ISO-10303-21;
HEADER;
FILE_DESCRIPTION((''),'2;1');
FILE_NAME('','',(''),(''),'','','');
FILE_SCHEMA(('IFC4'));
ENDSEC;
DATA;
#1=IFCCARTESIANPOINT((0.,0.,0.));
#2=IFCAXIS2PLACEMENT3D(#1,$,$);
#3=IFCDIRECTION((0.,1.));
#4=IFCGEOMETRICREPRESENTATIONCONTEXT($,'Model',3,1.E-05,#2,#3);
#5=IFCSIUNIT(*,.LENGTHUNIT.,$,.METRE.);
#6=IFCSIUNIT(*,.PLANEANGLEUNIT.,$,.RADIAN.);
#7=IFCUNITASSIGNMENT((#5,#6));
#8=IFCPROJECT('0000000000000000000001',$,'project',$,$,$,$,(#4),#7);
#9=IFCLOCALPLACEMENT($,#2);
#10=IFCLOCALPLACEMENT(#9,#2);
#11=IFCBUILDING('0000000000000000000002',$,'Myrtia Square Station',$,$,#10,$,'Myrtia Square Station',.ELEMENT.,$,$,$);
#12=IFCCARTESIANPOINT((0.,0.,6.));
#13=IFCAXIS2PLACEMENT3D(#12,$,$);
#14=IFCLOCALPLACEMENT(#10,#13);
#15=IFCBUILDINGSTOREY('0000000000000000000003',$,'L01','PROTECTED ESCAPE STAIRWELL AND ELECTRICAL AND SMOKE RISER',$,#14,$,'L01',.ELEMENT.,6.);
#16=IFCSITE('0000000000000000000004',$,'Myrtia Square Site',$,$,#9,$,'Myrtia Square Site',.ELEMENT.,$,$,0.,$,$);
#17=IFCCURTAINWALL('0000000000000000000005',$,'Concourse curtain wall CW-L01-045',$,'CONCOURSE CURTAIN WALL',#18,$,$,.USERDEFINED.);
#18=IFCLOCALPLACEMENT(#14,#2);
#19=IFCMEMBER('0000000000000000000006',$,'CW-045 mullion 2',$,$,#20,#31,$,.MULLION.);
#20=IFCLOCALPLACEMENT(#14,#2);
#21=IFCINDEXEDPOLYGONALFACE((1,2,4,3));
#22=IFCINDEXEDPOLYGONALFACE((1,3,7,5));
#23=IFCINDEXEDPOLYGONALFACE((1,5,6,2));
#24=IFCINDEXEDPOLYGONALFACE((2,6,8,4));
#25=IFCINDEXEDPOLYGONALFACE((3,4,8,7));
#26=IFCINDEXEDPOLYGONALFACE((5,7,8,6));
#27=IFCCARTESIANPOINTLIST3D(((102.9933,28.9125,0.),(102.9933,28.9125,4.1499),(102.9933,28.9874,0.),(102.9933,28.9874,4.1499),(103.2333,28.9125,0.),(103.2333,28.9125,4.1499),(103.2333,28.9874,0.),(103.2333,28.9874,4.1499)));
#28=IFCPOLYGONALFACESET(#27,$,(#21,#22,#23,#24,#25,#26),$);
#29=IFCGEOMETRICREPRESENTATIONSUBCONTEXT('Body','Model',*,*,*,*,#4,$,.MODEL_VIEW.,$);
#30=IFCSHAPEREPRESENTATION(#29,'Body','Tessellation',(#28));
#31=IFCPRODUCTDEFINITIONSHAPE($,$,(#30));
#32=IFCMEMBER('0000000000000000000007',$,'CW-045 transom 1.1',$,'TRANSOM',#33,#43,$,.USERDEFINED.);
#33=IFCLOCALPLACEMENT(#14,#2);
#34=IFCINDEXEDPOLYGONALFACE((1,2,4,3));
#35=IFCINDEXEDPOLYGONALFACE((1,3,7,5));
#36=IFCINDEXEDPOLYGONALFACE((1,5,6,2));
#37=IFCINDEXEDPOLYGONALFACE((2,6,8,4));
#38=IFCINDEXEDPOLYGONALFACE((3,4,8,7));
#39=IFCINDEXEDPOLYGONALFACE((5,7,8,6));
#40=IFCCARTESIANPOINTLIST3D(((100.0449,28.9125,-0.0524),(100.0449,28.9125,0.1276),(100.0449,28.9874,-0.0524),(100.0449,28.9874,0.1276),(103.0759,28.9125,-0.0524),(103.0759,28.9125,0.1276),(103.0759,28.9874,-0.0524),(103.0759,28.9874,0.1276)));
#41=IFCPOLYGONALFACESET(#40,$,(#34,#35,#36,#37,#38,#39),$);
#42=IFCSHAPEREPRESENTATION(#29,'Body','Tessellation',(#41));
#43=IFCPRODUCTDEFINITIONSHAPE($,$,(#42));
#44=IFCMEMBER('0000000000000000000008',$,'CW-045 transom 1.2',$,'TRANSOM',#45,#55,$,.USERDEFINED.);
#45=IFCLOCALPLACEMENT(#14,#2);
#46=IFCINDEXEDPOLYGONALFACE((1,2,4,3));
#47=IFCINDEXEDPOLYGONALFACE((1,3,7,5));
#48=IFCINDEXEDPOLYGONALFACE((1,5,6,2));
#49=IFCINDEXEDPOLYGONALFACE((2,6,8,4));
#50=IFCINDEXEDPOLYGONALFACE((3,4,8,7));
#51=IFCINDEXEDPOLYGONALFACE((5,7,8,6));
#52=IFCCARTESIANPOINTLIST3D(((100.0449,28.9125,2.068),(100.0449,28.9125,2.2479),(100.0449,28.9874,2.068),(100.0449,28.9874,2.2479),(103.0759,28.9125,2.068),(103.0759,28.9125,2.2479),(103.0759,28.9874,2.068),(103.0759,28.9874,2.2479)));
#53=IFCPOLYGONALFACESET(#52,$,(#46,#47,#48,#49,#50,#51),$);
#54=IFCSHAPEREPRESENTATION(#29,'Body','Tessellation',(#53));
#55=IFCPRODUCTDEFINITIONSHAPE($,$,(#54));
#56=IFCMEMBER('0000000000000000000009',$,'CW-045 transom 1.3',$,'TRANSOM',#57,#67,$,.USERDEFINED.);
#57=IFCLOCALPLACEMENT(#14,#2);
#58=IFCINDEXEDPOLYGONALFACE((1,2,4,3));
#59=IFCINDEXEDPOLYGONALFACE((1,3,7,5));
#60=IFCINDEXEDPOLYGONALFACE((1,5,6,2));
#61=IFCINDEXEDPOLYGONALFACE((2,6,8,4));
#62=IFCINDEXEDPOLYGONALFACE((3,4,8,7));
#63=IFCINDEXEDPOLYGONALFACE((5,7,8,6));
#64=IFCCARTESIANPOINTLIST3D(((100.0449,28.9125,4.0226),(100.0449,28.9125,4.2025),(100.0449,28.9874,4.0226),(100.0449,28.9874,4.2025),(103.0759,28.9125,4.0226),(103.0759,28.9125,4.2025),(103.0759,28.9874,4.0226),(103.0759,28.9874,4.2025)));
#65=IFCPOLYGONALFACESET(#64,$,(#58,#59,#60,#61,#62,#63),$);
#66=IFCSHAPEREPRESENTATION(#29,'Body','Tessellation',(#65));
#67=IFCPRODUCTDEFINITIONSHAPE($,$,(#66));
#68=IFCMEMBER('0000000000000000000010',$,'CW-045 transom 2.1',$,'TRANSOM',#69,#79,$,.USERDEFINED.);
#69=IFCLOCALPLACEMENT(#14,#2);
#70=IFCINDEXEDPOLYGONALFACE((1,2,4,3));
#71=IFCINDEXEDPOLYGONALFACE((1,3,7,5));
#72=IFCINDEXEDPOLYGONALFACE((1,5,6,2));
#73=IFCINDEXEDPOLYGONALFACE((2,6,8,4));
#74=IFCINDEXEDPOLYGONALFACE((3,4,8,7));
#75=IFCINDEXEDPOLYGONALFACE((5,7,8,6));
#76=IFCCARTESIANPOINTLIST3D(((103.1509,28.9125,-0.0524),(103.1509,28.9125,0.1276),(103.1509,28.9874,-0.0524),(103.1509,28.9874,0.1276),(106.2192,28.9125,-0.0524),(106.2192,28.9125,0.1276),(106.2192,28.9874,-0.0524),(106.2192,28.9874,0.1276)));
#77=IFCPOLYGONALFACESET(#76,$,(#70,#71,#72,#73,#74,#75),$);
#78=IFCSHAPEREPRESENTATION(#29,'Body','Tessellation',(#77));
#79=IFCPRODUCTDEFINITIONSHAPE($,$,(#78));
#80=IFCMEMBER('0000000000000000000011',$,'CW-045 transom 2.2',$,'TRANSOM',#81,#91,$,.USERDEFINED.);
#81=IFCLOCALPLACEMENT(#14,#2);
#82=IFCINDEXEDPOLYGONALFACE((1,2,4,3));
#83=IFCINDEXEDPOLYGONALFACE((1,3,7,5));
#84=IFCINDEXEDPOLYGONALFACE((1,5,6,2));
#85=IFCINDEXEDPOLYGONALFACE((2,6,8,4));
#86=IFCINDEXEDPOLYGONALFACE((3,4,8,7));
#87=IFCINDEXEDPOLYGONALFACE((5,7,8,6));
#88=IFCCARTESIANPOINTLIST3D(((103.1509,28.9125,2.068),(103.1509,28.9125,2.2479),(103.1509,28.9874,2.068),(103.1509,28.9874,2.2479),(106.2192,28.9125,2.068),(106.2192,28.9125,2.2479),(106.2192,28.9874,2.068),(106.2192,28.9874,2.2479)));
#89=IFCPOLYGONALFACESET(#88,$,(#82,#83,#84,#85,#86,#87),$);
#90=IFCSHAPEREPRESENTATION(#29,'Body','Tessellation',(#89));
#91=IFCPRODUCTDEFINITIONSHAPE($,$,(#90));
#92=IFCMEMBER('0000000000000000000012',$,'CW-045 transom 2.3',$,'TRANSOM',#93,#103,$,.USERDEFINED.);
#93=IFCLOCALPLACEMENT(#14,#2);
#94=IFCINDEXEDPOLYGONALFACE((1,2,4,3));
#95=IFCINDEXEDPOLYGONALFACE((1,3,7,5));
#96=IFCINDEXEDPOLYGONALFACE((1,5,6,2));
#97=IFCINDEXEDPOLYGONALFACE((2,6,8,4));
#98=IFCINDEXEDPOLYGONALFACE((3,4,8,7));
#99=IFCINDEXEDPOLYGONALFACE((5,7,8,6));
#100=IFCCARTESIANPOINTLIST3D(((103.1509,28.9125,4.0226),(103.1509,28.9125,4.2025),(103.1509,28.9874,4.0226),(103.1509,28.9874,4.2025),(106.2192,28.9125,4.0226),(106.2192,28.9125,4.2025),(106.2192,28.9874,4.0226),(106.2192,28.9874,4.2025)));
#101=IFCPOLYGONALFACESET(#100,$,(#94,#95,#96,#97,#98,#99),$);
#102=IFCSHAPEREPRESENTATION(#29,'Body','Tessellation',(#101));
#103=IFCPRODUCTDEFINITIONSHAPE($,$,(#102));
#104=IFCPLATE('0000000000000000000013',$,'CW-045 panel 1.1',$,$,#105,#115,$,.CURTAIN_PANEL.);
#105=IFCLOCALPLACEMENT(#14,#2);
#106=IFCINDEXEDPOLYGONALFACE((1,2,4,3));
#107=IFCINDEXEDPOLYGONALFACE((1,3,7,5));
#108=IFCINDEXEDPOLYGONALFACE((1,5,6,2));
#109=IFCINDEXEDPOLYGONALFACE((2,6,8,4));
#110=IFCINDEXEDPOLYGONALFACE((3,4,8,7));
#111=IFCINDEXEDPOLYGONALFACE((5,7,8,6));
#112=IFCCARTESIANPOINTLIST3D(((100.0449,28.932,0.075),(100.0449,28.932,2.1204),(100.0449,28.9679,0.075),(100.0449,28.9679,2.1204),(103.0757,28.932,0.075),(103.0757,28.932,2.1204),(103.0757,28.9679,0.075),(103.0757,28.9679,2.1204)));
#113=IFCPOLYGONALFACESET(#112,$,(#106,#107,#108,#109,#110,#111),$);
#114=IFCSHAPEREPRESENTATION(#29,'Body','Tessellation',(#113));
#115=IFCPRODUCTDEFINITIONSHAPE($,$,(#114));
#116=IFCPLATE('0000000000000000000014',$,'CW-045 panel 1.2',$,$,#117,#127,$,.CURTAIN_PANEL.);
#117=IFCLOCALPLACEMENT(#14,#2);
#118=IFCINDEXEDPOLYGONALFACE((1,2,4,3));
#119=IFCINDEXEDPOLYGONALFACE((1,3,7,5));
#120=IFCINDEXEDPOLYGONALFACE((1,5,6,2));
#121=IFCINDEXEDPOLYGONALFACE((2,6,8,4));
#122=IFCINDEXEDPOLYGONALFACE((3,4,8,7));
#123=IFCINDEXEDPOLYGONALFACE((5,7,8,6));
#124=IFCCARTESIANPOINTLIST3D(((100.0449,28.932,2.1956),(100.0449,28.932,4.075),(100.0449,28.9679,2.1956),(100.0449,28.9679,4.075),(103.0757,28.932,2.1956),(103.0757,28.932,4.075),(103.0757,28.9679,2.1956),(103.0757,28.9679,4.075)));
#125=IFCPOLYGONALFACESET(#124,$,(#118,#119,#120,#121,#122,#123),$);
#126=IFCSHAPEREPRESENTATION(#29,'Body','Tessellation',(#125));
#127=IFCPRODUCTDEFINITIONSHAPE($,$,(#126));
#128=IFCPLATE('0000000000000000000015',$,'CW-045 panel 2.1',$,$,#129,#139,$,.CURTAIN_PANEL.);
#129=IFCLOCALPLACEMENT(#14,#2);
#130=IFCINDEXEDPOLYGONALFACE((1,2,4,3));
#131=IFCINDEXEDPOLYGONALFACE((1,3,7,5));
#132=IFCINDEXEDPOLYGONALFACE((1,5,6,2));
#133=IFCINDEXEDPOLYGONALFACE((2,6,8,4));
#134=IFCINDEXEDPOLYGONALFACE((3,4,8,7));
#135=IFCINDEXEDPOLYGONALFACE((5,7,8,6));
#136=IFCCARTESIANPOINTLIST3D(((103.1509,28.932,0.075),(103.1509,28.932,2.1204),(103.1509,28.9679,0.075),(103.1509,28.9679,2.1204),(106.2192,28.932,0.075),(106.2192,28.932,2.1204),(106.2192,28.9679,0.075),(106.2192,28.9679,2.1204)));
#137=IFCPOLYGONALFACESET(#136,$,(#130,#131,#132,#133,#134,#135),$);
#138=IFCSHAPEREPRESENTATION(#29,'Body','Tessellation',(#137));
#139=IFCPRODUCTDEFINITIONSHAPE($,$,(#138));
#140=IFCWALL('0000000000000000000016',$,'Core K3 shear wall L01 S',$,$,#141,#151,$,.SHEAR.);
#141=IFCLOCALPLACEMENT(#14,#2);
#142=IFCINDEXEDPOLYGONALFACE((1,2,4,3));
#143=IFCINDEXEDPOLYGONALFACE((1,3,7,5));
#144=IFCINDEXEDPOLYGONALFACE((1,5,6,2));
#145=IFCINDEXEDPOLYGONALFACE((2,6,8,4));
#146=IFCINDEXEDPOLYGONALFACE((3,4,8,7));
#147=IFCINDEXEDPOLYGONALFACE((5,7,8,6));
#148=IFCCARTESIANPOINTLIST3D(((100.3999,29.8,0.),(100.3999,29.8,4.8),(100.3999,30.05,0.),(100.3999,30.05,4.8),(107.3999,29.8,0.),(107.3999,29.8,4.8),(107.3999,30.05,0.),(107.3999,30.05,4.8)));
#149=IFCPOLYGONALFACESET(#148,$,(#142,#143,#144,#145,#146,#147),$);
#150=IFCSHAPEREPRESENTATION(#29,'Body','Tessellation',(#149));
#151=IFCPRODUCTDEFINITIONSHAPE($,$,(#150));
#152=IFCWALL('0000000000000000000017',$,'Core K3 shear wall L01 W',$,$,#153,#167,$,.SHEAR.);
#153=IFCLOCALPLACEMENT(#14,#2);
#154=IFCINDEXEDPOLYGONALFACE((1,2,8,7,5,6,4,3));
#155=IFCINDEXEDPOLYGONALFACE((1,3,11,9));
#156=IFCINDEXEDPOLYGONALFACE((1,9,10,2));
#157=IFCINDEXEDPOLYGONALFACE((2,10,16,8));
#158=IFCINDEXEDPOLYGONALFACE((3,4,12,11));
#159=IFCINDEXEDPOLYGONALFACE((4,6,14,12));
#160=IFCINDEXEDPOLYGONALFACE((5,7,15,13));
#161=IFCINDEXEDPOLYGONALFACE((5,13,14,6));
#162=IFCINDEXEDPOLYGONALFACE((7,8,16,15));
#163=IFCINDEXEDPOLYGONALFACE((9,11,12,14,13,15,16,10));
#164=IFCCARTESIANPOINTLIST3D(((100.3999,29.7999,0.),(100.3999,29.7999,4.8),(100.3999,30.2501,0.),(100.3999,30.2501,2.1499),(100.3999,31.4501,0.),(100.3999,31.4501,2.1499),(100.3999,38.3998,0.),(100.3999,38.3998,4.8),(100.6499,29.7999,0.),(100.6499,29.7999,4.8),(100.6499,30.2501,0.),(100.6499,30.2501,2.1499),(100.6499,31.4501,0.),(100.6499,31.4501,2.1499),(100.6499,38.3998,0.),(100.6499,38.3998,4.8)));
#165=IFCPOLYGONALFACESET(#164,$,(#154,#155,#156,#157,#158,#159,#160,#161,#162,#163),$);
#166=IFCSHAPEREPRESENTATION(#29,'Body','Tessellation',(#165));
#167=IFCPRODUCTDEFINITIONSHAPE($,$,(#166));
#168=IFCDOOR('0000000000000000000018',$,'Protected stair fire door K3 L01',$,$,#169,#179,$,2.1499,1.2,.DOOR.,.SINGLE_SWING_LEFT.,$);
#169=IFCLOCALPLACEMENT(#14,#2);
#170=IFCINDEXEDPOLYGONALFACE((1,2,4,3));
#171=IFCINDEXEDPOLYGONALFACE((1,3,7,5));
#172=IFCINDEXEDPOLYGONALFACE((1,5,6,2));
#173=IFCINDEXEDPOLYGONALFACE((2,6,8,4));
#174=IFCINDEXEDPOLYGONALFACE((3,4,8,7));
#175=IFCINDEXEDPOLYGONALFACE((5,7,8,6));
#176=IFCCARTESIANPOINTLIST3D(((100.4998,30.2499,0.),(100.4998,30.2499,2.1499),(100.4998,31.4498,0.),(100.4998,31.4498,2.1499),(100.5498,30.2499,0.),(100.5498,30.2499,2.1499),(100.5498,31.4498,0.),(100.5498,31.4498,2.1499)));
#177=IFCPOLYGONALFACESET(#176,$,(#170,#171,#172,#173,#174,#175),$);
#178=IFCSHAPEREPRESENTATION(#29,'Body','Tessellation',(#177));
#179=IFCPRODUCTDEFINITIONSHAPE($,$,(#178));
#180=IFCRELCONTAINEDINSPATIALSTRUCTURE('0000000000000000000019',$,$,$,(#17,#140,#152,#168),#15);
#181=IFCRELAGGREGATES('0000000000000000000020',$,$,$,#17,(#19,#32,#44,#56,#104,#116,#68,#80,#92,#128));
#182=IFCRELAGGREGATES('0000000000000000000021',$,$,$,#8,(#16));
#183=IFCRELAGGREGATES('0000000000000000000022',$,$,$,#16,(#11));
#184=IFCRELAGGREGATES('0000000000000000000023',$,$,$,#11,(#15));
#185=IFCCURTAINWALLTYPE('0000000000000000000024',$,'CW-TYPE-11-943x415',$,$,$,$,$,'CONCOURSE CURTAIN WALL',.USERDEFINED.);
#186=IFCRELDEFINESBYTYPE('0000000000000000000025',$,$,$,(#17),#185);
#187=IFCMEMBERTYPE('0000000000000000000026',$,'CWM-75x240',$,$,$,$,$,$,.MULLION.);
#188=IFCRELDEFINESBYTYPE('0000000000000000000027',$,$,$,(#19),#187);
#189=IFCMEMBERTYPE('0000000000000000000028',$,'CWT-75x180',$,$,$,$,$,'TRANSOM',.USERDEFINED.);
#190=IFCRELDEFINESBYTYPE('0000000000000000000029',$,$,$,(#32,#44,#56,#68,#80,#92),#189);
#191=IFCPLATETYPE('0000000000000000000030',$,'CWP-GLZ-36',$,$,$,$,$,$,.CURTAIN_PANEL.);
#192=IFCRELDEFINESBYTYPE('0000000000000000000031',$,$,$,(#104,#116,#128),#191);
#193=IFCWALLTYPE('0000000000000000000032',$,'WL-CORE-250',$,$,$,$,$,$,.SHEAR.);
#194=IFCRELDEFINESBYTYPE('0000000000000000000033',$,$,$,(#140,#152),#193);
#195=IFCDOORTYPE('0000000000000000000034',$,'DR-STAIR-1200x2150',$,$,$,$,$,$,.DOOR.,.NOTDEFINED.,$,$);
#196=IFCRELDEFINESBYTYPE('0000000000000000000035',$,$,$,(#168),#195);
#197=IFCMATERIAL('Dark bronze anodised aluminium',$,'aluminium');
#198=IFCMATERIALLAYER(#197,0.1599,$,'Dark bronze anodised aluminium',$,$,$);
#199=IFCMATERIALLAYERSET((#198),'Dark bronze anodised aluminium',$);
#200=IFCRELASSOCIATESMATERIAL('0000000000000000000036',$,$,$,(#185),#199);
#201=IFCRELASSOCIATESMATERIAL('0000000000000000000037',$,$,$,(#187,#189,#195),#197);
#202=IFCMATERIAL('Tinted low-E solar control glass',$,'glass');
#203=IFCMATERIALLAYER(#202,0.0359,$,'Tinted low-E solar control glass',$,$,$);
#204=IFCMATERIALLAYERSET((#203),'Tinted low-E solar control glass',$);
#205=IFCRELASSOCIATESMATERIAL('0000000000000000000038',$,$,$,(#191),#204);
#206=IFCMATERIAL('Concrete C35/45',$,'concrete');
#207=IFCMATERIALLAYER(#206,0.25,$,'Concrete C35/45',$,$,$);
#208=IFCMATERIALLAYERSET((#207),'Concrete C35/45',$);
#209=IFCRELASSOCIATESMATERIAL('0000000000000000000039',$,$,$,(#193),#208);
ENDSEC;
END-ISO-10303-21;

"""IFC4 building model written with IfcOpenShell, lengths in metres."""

from ifc_helpers import new_model, si_unit, direction, frame, frame_2d, origin, origin_2d, place, context, subcontext, project, spatial, rectangle, extrude, material, layer, layer_set, material_profile, profile_set, type_object, element, fill, aggregate, save


model = new_model("IFC4")

# Units and contexts
model_context = context("Model", 3, precision=1e-05, world=origin(), true_north=direction((0.0, 1.0)))
body_context = subcontext(model_context, "Body", "Model", "MODEL_VIEW")
ifc_project = project(units=[si_unit("LENGTHUNIT", "METRE"), si_unit("PLANEANGLEUNIT", "RADIAN")], contexts=[model_context])

# Site, building, storey
site_placement = place(None, origin())
site = spatial("IfcSite", under=ifc_project, at=site_placement, Name="Myrtia Square Site", LongName="Myrtia Square Site", CompositionType="ELEMENT", RefElevation=0.0)
building_placement = place(site_placement, origin())
building = spatial("IfcBuilding", under=site, at=building_placement, Name="Myrtia Square Station", LongName="Myrtia Square Station", CompositionType="ELEMENT")
storey_placement = place(building_placement, frame((0.0, 0.0, 6.0)))
storey = spatial("IfcBuildingStorey", under=building, at=storey_placement, Name="L01", Description="PROTECTED ESCAPE STAIRWELL AND ELECTRICAL AND SMOKE RISER", LongName="L01", CompositionType="ELEMENT", Elevation=6.0)

# Curtain wall, members, plates
ifc_material_1 = material(Name="Dark bronze anodised aluminium", Category="aluminium")
ifc_layer_1 = layer(ifc_material_1, 0.1599, Name="Dark bronze anodised aluminium")
ifc_layer_set_1 = layer_set([ifc_layer_1], Name="Dark bronze anodised aluminium")
curtain_wall_type = type_object("IfcCurtainWallType", Name="CW-TYPE-11-943x415", ElementType="CONCOURSE CURTAIN WALL", PredefinedType="USERDEFINED", material=ifc_layer_set_1)
curtain_wall_placement = place(storey_placement, origin())
curtain_wall = element("IfcCurtainWall", 1, at=curtain_wall_placement, inside=storey, type_object=curtain_wall_type, Name="Concourse curtain wall CW-L01-045", ObjectType="CONCOURSE CURTAIN WALL", PredefinedType="USERDEFINED")
ifc_material_profile_1 = material_profile(ifc_material_1, rectangle(XDim=0.075, YDim=0.24, at=origin_2d()), Name="ALU-M 75x240")
ifc_profile_set_1 = profile_set([ifc_material_profile_1], Name="Dark bronze anodised aluminium")
member_type_1 = type_object("IfcMemberType", Name="CWM-75x240", PredefinedType="MULLION", material=ifc_profile_set_1)
member_1_placement = place(storey_placement, frame((103.1133, 28.95, 0.0), z_axis=(0.0, 0.0, 1.0), x_axis=(0.0, 1.0, 0.0)))
member_1 = element("IfcMember", 2, at=member_1_placement, type_object=member_type_1, Name="CW-045 mullion 2", PredefinedType="MULLION", context=body_context, shape_type="SweptSolid", body=[
    extrude(rectangle(XDim=0.075, YDim=0.24, at=origin_2d()), origin(), (0.0, 0.0, 1.0), 4.1499),
])
ifc_material_profile_2 = material_profile(ifc_material_1, rectangle(XDim=0.075, YDim=0.1799, at=origin_2d()), Name="ALU-T 75x180")
ifc_profile_set_2 = profile_set([ifc_material_profile_2], Name="Dark bronze anodised aluminium")
member_type_2 = type_object("IfcMemberType", Name="CWT-75x180", ElementType="TRANSOM", PredefinedType="USERDEFINED", material=ifc_profile_set_2)
member_2_placement = place(storey_placement, frame((100.0449, 28.95, 0.0376), z_axis=(1.0, 0.0, 0.0), x_axis=(0.0, 1.0, 0.0)))
member_2 = element("IfcMember", 3, at=member_2_placement, type_object=member_type_2, Name="CW-045 transom 1.1", ObjectType="TRANSOM", PredefinedType="USERDEFINED", context=body_context, shape_type="SweptSolid", body=[
    extrude(rectangle(XDim=0.075, YDim=0.1799, at=origin_2d()), origin(), (0.0, 0.0, 1.0), 3.031),
])
member_3_placement = place(storey_placement, frame((100.0449, 28.95, 2.158), z_axis=(1.0, 0.0, 0.0), x_axis=(0.0, 1.0, 0.0)))
member_3 = element("IfcMember", 4, at=member_3_placement, type_object=member_type_2, Name="CW-045 transom 1.2", ObjectType="TRANSOM", PredefinedType="USERDEFINED", context=body_context, shape_type="SweptSolid", body=[
    extrude(rectangle(XDim=0.075, YDim=0.1799, at=origin_2d()), origin(), (0.0, 0.0, 1.0), 3.031),
])
member_4_placement = place(storey_placement, frame((100.0449, 28.95, 4.1125), z_axis=(1.0, 0.0, 0.0), x_axis=(0.0, 1.0, 0.0)))
member_4 = element("IfcMember", 5, at=member_4_placement, type_object=member_type_2, Name="CW-045 transom 1.3", ObjectType="TRANSOM", PredefinedType="USERDEFINED", context=body_context, shape_type="SweptSolid", body=[
    extrude(rectangle(XDim=0.075, YDim=0.1799, at=origin_2d()), origin(), (0.0, 0.0, 1.0), 3.031),
])
member_5_placement = place(storey_placement, frame((103.1509, 28.95, 0.0376), z_axis=(1.0, 0.0, 0.0), x_axis=(0.0, 1.0, 0.0)))
member_5 = element("IfcMember", 6, at=member_5_placement, type_object=member_type_2, Name="CW-045 transom 2.1", ObjectType="TRANSOM", PredefinedType="USERDEFINED", context=body_context, shape_type="SweptSolid", body=[
    extrude(rectangle(XDim=0.075, YDim=0.1799, at=origin_2d()), origin(), (0.0, 0.0, 1.0), 3.0684),
])
member_6_placement = place(storey_placement, frame((103.1509, 28.95, 2.158), z_axis=(1.0, 0.0, 0.0), x_axis=(0.0, 1.0, 0.0)))
member_6 = element("IfcMember", 7, at=member_6_placement, type_object=member_type_2, Name="CW-045 transom 2.2", ObjectType="TRANSOM", PredefinedType="USERDEFINED", context=body_context, shape_type="SweptSolid", body=[
    extrude(rectangle(XDim=0.075, YDim=0.1799, at=origin_2d()), origin(), (0.0, 0.0, 1.0), 3.0684),
])
member_7_placement = place(storey_placement, frame((103.1509, 28.95, 4.1125), z_axis=(1.0, 0.0, 0.0), x_axis=(0.0, 1.0, 0.0)))
member_7 = element("IfcMember", 8, at=member_7_placement, type_object=member_type_2, Name="CW-045 transom 2.3", ObjectType="TRANSOM", PredefinedType="USERDEFINED", context=body_context, shape_type="SweptSolid", body=[
    extrude(rectangle(XDim=0.075, YDim=0.1799, at=origin_2d()), origin(), (0.0, 0.0, 1.0), 3.0684),
])
ifc_material_2 = material(Name="Tinted low-E solar control glass", Category="glass")
ifc_layer_2 = layer(ifc_material_2, 0.0359, Name="Tinted low-E solar control glass")
ifc_layer_set_2 = layer_set([ifc_layer_2], Name="Tinted low-E solar control glass")
plate_type = type_object("IfcPlateType", Name="CWP-GLZ-36", PredefinedType="CURTAIN_PANEL", material=ifc_layer_set_2)
plate_1_placement = place(storey_placement, frame((101.5603, 28.95, 0.075), z_axis=(0.0, 0.0, 1.0), x_axis=(1.0, 0.0, 0.0)))
plate_1 = element("IfcPlate", 9, at=plate_1_placement, type_object=plate_type, Name="CW-045 panel 1.1", PredefinedType="CURTAIN_PANEL", context=body_context, shape_type="SweptSolid", body=[
    extrude(rectangle(XDim=3.0308, YDim=0.0359, at=origin_2d()), origin(), (0.0, 0.0, 1.0), 2.0454),
])
plate_2_placement = place(storey_placement, frame((101.5603, 28.95, 2.1956), z_axis=(0.0, 0.0, 1.0), x_axis=(1.0, 0.0, 0.0)))
plate_2 = element("IfcPlate", 10, at=plate_2_placement, type_object=plate_type, Name="CW-045 panel 1.2", PredefinedType="CURTAIN_PANEL", context=body_context, shape_type="SweptSolid", body=[
    extrude(rectangle(XDim=3.0308, YDim=0.0359, at=origin_2d()), origin(), (0.0, 0.0, 1.0), 1.8794),
])
plate_3_placement = place(storey_placement, frame((104.6851, 28.95, 0.075), z_axis=(0.0, 0.0, 1.0), x_axis=(1.0, 0.0, 0.0)))
plate_3 = element("IfcPlate", 11, at=plate_3_placement, type_object=plate_type, Name="CW-045 panel 2.1", PredefinedType="CURTAIN_PANEL", context=body_context, shape_type="SweptSolid", body=[
    extrude(rectangle(XDim=3.0684, YDim=0.0359, at=origin_2d()), origin(), (0.0, 0.0, 1.0), 2.0454),
])
aggregate(curtain_wall, [member_1, member_2, member_3, member_4, plate_1, plate_2, member_5, member_6, member_7, plate_3])

# Wall
ifc_material_3 = material(Name="Concrete C35/45", Category="concrete")
ifc_layer_3 = layer(ifc_material_3, 0.25, Name="Concrete C35/45")
ifc_layer_set_3 = layer_set([ifc_layer_3], Name="Concrete C35/45")
wall_type_1 = type_object("IfcWallType", Name="WL-CORE-250", PredefinedType="SHEAR", material=ifc_layer_set_3)
wall_1_placement = place(storey_placement, frame((100.3999, 29.925, 0.0), z_axis=(0.0, 0.0, 1.0), x_axis=(1.0, 0.0, 0.0)))
element("IfcWall", 12, at=wall_1_placement, inside=storey, type_object=wall_type_1, Name="Core K3 shear wall L01 S", PredefinedType="SHEAR", context=body_context, shape_type="SweptSolid", body=[
    extrude(rectangle(XDim=7.0, YDim=0.25, at=frame_2d((3.5, 0.0))), origin(), (0.0, 0.0, 1.0), 4.8),
])

# Wall, opening, door
wall_2_placement = place(storey_placement, frame((100.5249, 29.8, 0.0), z_axis=(0.0, 0.0, 1.0), x_axis=(0.0, 1.0, 0.0)))
wall_2 = element("IfcWall", 13, at=wall_2_placement, inside=storey, type_object=wall_type_1, Name="Core K3 shear wall L01 W", PredefinedType="SHEAR", context=body_context, shape_type="SweptSolid", body=[
    extrude(rectangle(XDim=8.5999, YDim=0.25, at=frame_2d((4.2998, 0.0))), origin(), (0.0, 0.0, 1.0), 4.8),
])
opening_1_placement = place(wall_2_placement, frame((0.45, 0.0, 0.0)))
opening_1 = element("IfcOpeningElement", 14, at=opening_1_placement, cuts=wall_2, PredefinedType="OPENING", context=body_context, shape_type="SweptSolid", body=[
    extrude(rectangle(XDim=1.2, YDim=2.1499, at=frame_2d((0.6001, 1.075))), frame((0.0, 0.1399, 0.0), z_axis=(0.0, -1.0, 0.0), x_axis=(1.0, 0.0, 0.0)), (0.0, 0.0, 1.0), 0.28),
])
door_type_1 = type_object("IfcDoorType", Name="DR-STAIR-1200x2150", OperationType="NOTDEFINED", PredefinedType="DOOR", material=ifc_material_1)
door_1_placement = place(opening_1_placement, frame((1.2, 0.0, 0.0), z_axis=(0.0, 0.0, 1.0), x_axis=(-1.0, 0.0, 0.0)))
door_1 = element("IfcDoor", 15, at=door_1_placement, inside=storey, type_object=door_type_1, Name="Protected stair fire door K3 L01", OperationType="SINGLE_SWING_LEFT", OverallHeight=2.1499, OverallWidth=1.2, PredefinedType="DOOR", context=body_context, shape_type="SweptSolid", body=[
    extrude(rectangle(XDim=1.2, YDim=2.1499, at=frame_2d((0.6001, 1.075))), frame((0.0, 0.0249, 0.0), z_axis=(0.0, -1.0, 0.0), x_axis=(1.0, 0.0, 0.0)), (0.0, 0.0, 1.0), 0.05),
])
fill(opening_1, door_1)

save(model, "model.ifc")
